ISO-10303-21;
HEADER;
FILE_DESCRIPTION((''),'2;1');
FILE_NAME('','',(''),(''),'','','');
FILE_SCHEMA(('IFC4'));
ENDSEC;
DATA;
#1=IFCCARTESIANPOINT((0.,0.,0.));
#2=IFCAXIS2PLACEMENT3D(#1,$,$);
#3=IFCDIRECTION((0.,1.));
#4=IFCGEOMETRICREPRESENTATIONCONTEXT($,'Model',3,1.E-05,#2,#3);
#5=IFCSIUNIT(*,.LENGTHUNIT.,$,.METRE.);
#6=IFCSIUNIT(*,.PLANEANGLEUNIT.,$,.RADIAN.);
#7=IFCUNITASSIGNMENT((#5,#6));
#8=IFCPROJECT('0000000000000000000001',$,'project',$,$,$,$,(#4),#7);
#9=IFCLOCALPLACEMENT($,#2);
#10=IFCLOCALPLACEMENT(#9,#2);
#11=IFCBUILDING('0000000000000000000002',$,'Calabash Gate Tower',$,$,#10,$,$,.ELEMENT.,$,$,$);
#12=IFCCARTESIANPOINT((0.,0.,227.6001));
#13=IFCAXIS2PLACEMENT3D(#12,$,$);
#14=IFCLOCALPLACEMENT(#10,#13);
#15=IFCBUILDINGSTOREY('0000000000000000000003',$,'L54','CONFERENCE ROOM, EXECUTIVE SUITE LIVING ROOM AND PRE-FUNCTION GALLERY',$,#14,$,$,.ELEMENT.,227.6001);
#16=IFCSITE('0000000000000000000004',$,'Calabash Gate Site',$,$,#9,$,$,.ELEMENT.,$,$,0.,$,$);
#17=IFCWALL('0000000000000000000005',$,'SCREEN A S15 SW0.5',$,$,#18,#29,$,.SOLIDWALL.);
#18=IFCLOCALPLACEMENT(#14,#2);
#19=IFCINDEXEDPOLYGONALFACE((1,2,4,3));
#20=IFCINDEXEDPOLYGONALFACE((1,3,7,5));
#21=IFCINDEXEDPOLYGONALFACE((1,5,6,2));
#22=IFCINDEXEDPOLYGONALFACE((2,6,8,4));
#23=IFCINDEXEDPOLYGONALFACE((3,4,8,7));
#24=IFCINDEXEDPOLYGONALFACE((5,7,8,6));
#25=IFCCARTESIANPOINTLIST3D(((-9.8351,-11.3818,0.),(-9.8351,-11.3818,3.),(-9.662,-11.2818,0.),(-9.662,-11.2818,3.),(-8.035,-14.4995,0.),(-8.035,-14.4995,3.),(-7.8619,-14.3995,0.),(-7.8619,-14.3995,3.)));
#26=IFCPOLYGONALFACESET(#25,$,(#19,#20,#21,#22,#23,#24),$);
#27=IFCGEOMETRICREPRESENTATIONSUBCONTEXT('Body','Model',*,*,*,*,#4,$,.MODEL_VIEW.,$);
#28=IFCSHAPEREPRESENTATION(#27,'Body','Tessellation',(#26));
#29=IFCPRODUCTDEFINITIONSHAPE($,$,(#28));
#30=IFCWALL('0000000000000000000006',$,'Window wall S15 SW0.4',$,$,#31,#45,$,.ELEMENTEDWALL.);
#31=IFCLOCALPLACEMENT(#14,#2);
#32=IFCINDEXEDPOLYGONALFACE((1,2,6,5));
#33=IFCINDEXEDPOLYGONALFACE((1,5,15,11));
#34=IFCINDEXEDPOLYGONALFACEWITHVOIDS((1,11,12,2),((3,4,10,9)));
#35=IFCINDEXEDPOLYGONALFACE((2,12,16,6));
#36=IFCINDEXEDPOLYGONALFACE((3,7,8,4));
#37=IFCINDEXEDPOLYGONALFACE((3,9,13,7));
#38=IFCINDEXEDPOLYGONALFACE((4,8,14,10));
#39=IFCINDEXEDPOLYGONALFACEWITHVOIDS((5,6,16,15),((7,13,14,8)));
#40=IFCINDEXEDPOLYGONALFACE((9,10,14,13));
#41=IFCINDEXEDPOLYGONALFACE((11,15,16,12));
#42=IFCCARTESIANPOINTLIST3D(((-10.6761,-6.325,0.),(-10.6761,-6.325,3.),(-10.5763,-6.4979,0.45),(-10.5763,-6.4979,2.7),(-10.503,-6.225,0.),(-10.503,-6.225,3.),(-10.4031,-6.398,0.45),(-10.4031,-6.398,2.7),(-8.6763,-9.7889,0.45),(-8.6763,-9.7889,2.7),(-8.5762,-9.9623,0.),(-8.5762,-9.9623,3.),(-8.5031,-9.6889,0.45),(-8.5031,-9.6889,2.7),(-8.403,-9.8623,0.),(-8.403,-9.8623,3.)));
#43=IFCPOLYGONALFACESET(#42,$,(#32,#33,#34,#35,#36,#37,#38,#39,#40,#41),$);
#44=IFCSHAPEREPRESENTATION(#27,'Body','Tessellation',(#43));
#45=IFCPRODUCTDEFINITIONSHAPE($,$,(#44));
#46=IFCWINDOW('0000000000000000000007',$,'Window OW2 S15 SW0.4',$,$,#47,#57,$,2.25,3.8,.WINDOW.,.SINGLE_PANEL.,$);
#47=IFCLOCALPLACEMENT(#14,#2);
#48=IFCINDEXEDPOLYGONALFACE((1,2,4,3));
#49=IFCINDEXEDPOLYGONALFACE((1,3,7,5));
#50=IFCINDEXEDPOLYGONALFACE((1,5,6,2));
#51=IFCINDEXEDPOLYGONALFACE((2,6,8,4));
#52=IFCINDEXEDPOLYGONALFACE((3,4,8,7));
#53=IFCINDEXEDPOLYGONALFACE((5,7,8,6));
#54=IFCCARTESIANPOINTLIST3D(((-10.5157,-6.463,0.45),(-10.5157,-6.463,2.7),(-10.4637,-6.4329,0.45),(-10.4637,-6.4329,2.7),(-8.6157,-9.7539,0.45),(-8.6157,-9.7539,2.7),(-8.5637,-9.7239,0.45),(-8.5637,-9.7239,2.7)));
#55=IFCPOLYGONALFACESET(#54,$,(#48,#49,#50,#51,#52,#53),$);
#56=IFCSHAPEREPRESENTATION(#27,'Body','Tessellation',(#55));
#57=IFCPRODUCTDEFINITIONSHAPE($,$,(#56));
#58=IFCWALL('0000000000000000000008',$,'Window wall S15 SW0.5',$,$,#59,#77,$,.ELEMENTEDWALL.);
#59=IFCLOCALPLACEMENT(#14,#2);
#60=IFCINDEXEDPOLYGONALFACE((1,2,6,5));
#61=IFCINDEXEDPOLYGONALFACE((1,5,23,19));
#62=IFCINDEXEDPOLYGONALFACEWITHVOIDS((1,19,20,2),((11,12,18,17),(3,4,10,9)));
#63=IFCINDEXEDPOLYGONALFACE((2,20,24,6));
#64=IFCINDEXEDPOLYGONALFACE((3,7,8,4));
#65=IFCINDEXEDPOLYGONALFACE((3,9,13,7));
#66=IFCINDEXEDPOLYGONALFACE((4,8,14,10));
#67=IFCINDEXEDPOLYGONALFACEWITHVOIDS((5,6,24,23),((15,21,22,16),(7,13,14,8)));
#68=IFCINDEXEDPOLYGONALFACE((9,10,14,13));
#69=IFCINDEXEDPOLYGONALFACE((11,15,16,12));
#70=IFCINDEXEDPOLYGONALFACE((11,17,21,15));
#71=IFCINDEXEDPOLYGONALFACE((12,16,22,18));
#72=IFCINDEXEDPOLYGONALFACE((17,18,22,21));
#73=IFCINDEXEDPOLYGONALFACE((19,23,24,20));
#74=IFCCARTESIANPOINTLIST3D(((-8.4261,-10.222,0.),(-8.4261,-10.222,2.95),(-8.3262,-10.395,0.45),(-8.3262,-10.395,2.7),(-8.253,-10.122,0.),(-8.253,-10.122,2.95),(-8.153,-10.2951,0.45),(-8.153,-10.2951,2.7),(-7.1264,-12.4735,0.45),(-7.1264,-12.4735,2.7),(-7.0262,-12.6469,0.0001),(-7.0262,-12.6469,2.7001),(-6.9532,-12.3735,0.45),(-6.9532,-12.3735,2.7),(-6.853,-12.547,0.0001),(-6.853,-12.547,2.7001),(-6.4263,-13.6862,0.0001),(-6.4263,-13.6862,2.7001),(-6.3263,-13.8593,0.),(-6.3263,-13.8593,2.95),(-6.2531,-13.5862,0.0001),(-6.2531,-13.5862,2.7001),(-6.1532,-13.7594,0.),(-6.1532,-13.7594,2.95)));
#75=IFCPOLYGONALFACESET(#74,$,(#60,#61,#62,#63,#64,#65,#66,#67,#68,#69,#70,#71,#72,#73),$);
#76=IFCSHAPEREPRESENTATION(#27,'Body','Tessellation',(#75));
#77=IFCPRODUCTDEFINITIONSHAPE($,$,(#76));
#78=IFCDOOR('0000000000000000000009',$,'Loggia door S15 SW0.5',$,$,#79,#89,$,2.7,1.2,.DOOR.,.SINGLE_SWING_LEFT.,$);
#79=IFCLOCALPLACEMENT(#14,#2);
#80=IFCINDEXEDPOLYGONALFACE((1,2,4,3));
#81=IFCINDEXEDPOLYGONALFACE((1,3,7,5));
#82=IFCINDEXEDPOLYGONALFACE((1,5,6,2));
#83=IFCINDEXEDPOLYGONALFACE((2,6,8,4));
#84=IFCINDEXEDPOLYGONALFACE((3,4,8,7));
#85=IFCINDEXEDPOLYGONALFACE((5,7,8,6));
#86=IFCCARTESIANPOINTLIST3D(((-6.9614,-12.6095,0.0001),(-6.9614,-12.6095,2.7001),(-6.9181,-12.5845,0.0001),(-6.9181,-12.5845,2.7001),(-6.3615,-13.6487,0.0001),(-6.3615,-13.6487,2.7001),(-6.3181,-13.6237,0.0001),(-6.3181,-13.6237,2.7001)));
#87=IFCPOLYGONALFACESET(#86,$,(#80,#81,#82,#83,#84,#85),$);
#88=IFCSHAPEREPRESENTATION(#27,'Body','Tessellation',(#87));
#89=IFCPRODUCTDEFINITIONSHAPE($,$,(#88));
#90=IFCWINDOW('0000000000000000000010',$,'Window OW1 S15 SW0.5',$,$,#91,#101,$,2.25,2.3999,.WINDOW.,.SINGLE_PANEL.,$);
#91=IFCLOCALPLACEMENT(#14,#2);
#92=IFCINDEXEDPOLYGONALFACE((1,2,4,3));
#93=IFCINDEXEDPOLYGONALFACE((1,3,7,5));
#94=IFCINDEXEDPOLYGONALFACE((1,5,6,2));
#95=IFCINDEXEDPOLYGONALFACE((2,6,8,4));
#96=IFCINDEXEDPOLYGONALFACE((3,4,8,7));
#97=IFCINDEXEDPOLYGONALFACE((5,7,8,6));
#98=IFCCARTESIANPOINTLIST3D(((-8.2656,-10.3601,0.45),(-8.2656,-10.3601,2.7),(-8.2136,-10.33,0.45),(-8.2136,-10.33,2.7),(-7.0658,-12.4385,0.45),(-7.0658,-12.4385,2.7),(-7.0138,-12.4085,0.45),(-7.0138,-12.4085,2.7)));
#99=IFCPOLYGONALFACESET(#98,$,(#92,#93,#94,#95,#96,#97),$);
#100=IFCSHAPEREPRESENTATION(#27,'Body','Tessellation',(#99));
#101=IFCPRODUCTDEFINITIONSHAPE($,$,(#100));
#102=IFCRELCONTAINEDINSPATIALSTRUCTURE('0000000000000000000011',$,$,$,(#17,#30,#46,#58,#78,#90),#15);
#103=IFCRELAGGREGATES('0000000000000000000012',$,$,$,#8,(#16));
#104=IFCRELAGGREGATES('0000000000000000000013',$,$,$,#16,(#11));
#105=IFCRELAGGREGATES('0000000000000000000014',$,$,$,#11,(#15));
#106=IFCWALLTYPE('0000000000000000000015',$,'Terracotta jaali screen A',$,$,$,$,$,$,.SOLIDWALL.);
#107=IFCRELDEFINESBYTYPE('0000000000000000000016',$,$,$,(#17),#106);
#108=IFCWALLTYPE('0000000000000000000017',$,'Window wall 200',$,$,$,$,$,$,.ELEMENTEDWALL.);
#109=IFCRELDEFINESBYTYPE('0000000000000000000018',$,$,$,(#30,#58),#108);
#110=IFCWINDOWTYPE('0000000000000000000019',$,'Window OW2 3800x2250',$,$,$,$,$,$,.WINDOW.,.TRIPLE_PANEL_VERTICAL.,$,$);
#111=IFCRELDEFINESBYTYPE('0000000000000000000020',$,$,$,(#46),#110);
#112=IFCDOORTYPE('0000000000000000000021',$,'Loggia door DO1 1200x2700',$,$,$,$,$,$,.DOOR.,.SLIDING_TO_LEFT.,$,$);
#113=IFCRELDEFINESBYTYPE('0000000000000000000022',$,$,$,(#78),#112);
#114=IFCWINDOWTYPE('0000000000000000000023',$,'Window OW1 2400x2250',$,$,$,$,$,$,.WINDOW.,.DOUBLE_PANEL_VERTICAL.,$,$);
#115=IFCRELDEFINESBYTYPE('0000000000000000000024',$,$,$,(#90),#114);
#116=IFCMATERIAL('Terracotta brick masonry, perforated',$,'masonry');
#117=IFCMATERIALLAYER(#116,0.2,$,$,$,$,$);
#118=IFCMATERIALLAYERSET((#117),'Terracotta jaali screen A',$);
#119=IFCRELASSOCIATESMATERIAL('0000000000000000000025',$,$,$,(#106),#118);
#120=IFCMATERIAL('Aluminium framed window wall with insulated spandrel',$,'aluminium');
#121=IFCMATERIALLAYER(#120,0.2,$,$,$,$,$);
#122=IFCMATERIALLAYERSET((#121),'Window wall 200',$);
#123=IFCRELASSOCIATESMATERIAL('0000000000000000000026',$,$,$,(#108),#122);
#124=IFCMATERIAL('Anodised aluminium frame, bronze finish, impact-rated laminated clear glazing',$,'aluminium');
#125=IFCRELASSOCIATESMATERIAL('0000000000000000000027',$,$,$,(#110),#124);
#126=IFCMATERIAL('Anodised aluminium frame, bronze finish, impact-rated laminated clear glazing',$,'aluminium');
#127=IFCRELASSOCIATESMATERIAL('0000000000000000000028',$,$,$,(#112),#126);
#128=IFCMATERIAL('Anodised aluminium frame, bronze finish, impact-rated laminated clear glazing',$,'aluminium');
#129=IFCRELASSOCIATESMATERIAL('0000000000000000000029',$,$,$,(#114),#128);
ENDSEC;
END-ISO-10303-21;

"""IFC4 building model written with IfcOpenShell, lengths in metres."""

from ifc_helpers import new_model, si_unit, direction, frame, frame_2d, origin, place, context, subcontext, project, spatial, rectangle, extrude, material, layer, layer_set, type_object, element, fill, save


model = new_model("IFC4")

# Units and contexts
model_context = context("Model", 3, precision=1e-05, world=origin(), true_north=direction((0.0, 1.0)))
body_context = subcontext(model_context, "Body", "Model", "MODEL_VIEW")
ifc_project = project(units=[si_unit("LENGTHUNIT", "METRE"), si_unit("PLANEANGLEUNIT", "RADIAN")], contexts=[model_context])

# Site, building, storey
site_placement = place(None, origin())
site = spatial("IfcSite", under=ifc_project, at=site_placement, Name="Calabash Gate Site", CompositionType="ELEMENT", RefElevation=0.0)
building_placement = place(site_placement, origin())
building = spatial("IfcBuilding", under=site, at=building_placement, Name="Calabash Gate Tower", CompositionType="ELEMENT")
storey_placement = place(building_placement, frame((0.0, 0.0, 227.6001)))
storey = spatial("IfcBuildingStorey", under=building, at=storey_placement, Name="L54", Description="CONFERENCE ROOM, EXECUTIVE SUITE LIVING ROOM AND PRE-FUNCTION GALLERY", CompositionType="ELEMENT", Elevation=227.6001)

# Wall
ifc_material_1 = material(Name="Terracotta brick masonry, perforated", Category="masonry")
ifc_layer_1 = layer(ifc_material_1, 0.2)
ifc_layer_set_1 = layer_set([ifc_layer_1], Name="Terracotta jaali screen A")
wall_type_1 = type_object("IfcWallType", Name="Terracotta jaali screen A", PredefinedType="SOLIDWALL", material=ifc_layer_set_1)
wall_1_placement = place(storey_placement, frame((-9.7485, -11.3318, 0.0), z_axis=(0.0, 0.0, 1.0), x_axis=(0.500012, -0.866018, 0.0)))
element("IfcWall", 1, at=wall_1_placement, inside=storey, type_object=wall_type_1, Name="SCREEN A S15 SW0.5", PredefinedType="SOLIDWALL", context=body_context, shape_type="SweptSolid", body=[
    extrude(rectangle(XDim=3.6001, YDim=0.2, at=frame_2d((1.8, 0.0))), origin(), (0.0, 0.0, 1.0), 3.0),
])

# Wall, opening, window
ifc_material_2 = material(Name="Aluminium framed window wall with insulated spandrel", Category="aluminium")
ifc_layer_2 = layer(ifc_material_2, 0.2)
ifc_layer_set_2 = layer_set([ifc_layer_2], Name="Window wall 200")
wall_type_2 = type_object("IfcWallType", Name="Window wall 200", PredefinedType="ELEMENTEDWALL", material=ifc_layer_set_2)
wall_2_placement = place(storey_placement, frame((-10.5896, -6.2749, 0.0), z_axis=(0.0, 0.0, 1.0), x_axis=(0.499984, -0.866035, 0.0)))
wall_2 = element("IfcWall", 2, at=wall_2_placement, inside=storey, type_object=wall_type_2, Name="Window wall S15 SW0.4", PredefinedType="ELEMENTEDWALL", context=body_context, shape_type="SweptSolid", body=[
    extrude(rectangle(XDim=4.2, YDim=0.2, at=frame_2d((2.1001, 0.0))), origin(), (0.0, 0.0, 1.0), 3.0),
])
opening_1_placement = place(wall_2_placement, frame((0.2, 0.0, 0.45)))
opening_1 = element("IfcOpeningElement", 3, at=opening_1_placement, cuts=wall_2, PredefinedType="OPENING", context=body_context, shape_type="SweptSolid", body=[
    extrude(rectangle(XDim=3.8, YDim=2.25, at=frame_2d((1.8999, 1.125))), frame((0.0, 0.1099, 0.0), z_axis=(0.0, -1.0, 0.0), x_axis=(1.0, 0.0, 0.0)), (0.0, 0.0, 1.0), 0.22),
])
ifc_material_3 = material(Name="Anodised aluminium frame, bronze finish, impact-rated laminated clear glazing", Category="aluminium")
window_type_1 = type_object("IfcWindowType", Name="Window OW2 3800x2250", PartitioningType="TRIPLE_PANEL_VERTICAL", PredefinedType="WINDOW", material=ifc_material_3)
window_1_placement = place(opening_1_placement, origin())
window_1 = element("IfcWindow", 4, at=window_1_placement, inside=storey, type_object=window_type_1, Name="Window OW2 S15 SW0.4", OverallHeight=2.25, OverallWidth=3.8, PartitioningType="SINGLE_PANEL", PredefinedType="WINDOW", context=body_context, shape_type="SweptSolid", body=[
    extrude(rectangle(XDim=3.8, YDim=2.25, at=frame_2d((1.8999, 1.125))), frame((0.0, 0.03, 0.0), z_axis=(0.0, -1.0, 0.0), x_axis=(1.0, 0.0, 0.0)), (0.0, 0.0, 1.0), 0.0601),
])
fill(opening_1, window_1)

# Wall, openings, door, window
wall_3_placement = place(storey_placement, frame((-8.3396, -10.1719, 0.0), z_axis=(0.0, 0.0, 1.0), x_axis=(0.499959, -0.866049, 0.0)))
wall_3 = element("IfcWall", 5, at=wall_3_placement, inside=storey, type_object=wall_type_2, Name="Window wall S15 SW0.5", PredefinedType="ELEMENTEDWALL", context=body_context, shape_type="SweptSolid", body=[
    extrude(rectangle(XDim=4.2, YDim=0.2, at=frame_2d((2.1001, 0.0))), origin(), (0.0, 0.0, 1.0), 2.95),
])
opening_2_placement = place(wall_3_placement, frame((0.2, 0.0, 0.45)))
opening_2 = element("IfcOpeningElement", 6, at=opening_2_placement, cuts=wall_3, PredefinedType="OPENING", context=body_context, shape_type="SweptSolid", body=[
    extrude(rectangle(XDim=2.3999, YDim=2.25, at=frame_2d((1.2, 1.125))), frame((0.0, 0.1099, 0.0), z_axis=(0.0, -1.0, 0.0), x_axis=(1.0, 0.0, 0.0)), (0.0, 0.0, 1.0), 0.22),
])
opening_3_placement = place(wall_3_placement, frame((2.8, 0.0, 0.0)))
opening_3 = element("IfcOpeningElement", 7, at=opening_3_placement, cuts=wall_3, PredefinedType="OPENING", context=body_context, shape_type="SweptSolid", body=[
    extrude(rectangle(XDim=1.2, YDim=2.7, at=frame_2d((0.6001, 1.3501))), frame((0.0, 0.1099, 0.0), z_axis=(0.0, -1.0, 0.0), x_axis=(1.0, 0.0, 0.0)), (0.0, 0.0, 1.0), 0.22),
])
ifc_material_4 = material(Name="Anodised aluminium frame, bronze finish, impact-rated laminated clear glazing", Category="aluminium")
door_type = type_object("IfcDoorType", Name="Loggia door DO1 1200x2700", OperationType="SLIDING_TO_LEFT", PredefinedType="DOOR", material=ifc_material_4)
door_placement = place(opening_3_placement, origin())
door = element("IfcDoor", 8, at=door_placement, inside=storey, type_object=door_type, Name="Loggia door S15 SW0.5", OperationType="SINGLE_SWING_LEFT", OverallHeight=2.7, OverallWidth=1.2, PredefinedType="DOOR", context=body_context, shape_type="SweptSolid", body=[
    extrude(rectangle(XDim=1.2, YDim=2.7, at=frame_2d((0.6001, 1.3501))), frame((0.0, 0.0249, 0.0), z_axis=(0.0, -1.0, 0.0), x_axis=(1.0, 0.0, 0.0)), (0.0, 0.0, 1.0), 0.05),
])
fill(opening_3, door)
ifc_material_5 = material(Name="Anodised aluminium frame, bronze finish, impact-rated laminated clear glazing", Category="aluminium")
window_type_2 = type_object("IfcWindowType", Name="Window OW1 2400x2250", PartitioningType="DOUBLE_PANEL_VERTICAL", PredefinedType="WINDOW", material=ifc_material_5)
window_2_placement = place(opening_2_placement, origin())
window_2 = element("IfcWindow", 9, at=window_2_placement, inside=storey, type_object=window_type_2, Name="Window OW1 S15 SW0.5", OverallHeight=2.25, OverallWidth=2.3999, PartitioningType="SINGLE_PANEL", PredefinedType="WINDOW", context=body_context, shape_type="SweptSolid", body=[
    extrude(rectangle(XDim=2.3999, YDim=2.25, at=frame_2d((1.2, 1.125))), frame((0.0, 0.03, 0.0), z_axis=(0.0, -1.0, 0.0), x_axis=(1.0, 0.0, 0.0)), (0.0, 0.0, 1.0), 0.0601),
])
fill(opening_2, window_2)

save(model, "model.ifc")
